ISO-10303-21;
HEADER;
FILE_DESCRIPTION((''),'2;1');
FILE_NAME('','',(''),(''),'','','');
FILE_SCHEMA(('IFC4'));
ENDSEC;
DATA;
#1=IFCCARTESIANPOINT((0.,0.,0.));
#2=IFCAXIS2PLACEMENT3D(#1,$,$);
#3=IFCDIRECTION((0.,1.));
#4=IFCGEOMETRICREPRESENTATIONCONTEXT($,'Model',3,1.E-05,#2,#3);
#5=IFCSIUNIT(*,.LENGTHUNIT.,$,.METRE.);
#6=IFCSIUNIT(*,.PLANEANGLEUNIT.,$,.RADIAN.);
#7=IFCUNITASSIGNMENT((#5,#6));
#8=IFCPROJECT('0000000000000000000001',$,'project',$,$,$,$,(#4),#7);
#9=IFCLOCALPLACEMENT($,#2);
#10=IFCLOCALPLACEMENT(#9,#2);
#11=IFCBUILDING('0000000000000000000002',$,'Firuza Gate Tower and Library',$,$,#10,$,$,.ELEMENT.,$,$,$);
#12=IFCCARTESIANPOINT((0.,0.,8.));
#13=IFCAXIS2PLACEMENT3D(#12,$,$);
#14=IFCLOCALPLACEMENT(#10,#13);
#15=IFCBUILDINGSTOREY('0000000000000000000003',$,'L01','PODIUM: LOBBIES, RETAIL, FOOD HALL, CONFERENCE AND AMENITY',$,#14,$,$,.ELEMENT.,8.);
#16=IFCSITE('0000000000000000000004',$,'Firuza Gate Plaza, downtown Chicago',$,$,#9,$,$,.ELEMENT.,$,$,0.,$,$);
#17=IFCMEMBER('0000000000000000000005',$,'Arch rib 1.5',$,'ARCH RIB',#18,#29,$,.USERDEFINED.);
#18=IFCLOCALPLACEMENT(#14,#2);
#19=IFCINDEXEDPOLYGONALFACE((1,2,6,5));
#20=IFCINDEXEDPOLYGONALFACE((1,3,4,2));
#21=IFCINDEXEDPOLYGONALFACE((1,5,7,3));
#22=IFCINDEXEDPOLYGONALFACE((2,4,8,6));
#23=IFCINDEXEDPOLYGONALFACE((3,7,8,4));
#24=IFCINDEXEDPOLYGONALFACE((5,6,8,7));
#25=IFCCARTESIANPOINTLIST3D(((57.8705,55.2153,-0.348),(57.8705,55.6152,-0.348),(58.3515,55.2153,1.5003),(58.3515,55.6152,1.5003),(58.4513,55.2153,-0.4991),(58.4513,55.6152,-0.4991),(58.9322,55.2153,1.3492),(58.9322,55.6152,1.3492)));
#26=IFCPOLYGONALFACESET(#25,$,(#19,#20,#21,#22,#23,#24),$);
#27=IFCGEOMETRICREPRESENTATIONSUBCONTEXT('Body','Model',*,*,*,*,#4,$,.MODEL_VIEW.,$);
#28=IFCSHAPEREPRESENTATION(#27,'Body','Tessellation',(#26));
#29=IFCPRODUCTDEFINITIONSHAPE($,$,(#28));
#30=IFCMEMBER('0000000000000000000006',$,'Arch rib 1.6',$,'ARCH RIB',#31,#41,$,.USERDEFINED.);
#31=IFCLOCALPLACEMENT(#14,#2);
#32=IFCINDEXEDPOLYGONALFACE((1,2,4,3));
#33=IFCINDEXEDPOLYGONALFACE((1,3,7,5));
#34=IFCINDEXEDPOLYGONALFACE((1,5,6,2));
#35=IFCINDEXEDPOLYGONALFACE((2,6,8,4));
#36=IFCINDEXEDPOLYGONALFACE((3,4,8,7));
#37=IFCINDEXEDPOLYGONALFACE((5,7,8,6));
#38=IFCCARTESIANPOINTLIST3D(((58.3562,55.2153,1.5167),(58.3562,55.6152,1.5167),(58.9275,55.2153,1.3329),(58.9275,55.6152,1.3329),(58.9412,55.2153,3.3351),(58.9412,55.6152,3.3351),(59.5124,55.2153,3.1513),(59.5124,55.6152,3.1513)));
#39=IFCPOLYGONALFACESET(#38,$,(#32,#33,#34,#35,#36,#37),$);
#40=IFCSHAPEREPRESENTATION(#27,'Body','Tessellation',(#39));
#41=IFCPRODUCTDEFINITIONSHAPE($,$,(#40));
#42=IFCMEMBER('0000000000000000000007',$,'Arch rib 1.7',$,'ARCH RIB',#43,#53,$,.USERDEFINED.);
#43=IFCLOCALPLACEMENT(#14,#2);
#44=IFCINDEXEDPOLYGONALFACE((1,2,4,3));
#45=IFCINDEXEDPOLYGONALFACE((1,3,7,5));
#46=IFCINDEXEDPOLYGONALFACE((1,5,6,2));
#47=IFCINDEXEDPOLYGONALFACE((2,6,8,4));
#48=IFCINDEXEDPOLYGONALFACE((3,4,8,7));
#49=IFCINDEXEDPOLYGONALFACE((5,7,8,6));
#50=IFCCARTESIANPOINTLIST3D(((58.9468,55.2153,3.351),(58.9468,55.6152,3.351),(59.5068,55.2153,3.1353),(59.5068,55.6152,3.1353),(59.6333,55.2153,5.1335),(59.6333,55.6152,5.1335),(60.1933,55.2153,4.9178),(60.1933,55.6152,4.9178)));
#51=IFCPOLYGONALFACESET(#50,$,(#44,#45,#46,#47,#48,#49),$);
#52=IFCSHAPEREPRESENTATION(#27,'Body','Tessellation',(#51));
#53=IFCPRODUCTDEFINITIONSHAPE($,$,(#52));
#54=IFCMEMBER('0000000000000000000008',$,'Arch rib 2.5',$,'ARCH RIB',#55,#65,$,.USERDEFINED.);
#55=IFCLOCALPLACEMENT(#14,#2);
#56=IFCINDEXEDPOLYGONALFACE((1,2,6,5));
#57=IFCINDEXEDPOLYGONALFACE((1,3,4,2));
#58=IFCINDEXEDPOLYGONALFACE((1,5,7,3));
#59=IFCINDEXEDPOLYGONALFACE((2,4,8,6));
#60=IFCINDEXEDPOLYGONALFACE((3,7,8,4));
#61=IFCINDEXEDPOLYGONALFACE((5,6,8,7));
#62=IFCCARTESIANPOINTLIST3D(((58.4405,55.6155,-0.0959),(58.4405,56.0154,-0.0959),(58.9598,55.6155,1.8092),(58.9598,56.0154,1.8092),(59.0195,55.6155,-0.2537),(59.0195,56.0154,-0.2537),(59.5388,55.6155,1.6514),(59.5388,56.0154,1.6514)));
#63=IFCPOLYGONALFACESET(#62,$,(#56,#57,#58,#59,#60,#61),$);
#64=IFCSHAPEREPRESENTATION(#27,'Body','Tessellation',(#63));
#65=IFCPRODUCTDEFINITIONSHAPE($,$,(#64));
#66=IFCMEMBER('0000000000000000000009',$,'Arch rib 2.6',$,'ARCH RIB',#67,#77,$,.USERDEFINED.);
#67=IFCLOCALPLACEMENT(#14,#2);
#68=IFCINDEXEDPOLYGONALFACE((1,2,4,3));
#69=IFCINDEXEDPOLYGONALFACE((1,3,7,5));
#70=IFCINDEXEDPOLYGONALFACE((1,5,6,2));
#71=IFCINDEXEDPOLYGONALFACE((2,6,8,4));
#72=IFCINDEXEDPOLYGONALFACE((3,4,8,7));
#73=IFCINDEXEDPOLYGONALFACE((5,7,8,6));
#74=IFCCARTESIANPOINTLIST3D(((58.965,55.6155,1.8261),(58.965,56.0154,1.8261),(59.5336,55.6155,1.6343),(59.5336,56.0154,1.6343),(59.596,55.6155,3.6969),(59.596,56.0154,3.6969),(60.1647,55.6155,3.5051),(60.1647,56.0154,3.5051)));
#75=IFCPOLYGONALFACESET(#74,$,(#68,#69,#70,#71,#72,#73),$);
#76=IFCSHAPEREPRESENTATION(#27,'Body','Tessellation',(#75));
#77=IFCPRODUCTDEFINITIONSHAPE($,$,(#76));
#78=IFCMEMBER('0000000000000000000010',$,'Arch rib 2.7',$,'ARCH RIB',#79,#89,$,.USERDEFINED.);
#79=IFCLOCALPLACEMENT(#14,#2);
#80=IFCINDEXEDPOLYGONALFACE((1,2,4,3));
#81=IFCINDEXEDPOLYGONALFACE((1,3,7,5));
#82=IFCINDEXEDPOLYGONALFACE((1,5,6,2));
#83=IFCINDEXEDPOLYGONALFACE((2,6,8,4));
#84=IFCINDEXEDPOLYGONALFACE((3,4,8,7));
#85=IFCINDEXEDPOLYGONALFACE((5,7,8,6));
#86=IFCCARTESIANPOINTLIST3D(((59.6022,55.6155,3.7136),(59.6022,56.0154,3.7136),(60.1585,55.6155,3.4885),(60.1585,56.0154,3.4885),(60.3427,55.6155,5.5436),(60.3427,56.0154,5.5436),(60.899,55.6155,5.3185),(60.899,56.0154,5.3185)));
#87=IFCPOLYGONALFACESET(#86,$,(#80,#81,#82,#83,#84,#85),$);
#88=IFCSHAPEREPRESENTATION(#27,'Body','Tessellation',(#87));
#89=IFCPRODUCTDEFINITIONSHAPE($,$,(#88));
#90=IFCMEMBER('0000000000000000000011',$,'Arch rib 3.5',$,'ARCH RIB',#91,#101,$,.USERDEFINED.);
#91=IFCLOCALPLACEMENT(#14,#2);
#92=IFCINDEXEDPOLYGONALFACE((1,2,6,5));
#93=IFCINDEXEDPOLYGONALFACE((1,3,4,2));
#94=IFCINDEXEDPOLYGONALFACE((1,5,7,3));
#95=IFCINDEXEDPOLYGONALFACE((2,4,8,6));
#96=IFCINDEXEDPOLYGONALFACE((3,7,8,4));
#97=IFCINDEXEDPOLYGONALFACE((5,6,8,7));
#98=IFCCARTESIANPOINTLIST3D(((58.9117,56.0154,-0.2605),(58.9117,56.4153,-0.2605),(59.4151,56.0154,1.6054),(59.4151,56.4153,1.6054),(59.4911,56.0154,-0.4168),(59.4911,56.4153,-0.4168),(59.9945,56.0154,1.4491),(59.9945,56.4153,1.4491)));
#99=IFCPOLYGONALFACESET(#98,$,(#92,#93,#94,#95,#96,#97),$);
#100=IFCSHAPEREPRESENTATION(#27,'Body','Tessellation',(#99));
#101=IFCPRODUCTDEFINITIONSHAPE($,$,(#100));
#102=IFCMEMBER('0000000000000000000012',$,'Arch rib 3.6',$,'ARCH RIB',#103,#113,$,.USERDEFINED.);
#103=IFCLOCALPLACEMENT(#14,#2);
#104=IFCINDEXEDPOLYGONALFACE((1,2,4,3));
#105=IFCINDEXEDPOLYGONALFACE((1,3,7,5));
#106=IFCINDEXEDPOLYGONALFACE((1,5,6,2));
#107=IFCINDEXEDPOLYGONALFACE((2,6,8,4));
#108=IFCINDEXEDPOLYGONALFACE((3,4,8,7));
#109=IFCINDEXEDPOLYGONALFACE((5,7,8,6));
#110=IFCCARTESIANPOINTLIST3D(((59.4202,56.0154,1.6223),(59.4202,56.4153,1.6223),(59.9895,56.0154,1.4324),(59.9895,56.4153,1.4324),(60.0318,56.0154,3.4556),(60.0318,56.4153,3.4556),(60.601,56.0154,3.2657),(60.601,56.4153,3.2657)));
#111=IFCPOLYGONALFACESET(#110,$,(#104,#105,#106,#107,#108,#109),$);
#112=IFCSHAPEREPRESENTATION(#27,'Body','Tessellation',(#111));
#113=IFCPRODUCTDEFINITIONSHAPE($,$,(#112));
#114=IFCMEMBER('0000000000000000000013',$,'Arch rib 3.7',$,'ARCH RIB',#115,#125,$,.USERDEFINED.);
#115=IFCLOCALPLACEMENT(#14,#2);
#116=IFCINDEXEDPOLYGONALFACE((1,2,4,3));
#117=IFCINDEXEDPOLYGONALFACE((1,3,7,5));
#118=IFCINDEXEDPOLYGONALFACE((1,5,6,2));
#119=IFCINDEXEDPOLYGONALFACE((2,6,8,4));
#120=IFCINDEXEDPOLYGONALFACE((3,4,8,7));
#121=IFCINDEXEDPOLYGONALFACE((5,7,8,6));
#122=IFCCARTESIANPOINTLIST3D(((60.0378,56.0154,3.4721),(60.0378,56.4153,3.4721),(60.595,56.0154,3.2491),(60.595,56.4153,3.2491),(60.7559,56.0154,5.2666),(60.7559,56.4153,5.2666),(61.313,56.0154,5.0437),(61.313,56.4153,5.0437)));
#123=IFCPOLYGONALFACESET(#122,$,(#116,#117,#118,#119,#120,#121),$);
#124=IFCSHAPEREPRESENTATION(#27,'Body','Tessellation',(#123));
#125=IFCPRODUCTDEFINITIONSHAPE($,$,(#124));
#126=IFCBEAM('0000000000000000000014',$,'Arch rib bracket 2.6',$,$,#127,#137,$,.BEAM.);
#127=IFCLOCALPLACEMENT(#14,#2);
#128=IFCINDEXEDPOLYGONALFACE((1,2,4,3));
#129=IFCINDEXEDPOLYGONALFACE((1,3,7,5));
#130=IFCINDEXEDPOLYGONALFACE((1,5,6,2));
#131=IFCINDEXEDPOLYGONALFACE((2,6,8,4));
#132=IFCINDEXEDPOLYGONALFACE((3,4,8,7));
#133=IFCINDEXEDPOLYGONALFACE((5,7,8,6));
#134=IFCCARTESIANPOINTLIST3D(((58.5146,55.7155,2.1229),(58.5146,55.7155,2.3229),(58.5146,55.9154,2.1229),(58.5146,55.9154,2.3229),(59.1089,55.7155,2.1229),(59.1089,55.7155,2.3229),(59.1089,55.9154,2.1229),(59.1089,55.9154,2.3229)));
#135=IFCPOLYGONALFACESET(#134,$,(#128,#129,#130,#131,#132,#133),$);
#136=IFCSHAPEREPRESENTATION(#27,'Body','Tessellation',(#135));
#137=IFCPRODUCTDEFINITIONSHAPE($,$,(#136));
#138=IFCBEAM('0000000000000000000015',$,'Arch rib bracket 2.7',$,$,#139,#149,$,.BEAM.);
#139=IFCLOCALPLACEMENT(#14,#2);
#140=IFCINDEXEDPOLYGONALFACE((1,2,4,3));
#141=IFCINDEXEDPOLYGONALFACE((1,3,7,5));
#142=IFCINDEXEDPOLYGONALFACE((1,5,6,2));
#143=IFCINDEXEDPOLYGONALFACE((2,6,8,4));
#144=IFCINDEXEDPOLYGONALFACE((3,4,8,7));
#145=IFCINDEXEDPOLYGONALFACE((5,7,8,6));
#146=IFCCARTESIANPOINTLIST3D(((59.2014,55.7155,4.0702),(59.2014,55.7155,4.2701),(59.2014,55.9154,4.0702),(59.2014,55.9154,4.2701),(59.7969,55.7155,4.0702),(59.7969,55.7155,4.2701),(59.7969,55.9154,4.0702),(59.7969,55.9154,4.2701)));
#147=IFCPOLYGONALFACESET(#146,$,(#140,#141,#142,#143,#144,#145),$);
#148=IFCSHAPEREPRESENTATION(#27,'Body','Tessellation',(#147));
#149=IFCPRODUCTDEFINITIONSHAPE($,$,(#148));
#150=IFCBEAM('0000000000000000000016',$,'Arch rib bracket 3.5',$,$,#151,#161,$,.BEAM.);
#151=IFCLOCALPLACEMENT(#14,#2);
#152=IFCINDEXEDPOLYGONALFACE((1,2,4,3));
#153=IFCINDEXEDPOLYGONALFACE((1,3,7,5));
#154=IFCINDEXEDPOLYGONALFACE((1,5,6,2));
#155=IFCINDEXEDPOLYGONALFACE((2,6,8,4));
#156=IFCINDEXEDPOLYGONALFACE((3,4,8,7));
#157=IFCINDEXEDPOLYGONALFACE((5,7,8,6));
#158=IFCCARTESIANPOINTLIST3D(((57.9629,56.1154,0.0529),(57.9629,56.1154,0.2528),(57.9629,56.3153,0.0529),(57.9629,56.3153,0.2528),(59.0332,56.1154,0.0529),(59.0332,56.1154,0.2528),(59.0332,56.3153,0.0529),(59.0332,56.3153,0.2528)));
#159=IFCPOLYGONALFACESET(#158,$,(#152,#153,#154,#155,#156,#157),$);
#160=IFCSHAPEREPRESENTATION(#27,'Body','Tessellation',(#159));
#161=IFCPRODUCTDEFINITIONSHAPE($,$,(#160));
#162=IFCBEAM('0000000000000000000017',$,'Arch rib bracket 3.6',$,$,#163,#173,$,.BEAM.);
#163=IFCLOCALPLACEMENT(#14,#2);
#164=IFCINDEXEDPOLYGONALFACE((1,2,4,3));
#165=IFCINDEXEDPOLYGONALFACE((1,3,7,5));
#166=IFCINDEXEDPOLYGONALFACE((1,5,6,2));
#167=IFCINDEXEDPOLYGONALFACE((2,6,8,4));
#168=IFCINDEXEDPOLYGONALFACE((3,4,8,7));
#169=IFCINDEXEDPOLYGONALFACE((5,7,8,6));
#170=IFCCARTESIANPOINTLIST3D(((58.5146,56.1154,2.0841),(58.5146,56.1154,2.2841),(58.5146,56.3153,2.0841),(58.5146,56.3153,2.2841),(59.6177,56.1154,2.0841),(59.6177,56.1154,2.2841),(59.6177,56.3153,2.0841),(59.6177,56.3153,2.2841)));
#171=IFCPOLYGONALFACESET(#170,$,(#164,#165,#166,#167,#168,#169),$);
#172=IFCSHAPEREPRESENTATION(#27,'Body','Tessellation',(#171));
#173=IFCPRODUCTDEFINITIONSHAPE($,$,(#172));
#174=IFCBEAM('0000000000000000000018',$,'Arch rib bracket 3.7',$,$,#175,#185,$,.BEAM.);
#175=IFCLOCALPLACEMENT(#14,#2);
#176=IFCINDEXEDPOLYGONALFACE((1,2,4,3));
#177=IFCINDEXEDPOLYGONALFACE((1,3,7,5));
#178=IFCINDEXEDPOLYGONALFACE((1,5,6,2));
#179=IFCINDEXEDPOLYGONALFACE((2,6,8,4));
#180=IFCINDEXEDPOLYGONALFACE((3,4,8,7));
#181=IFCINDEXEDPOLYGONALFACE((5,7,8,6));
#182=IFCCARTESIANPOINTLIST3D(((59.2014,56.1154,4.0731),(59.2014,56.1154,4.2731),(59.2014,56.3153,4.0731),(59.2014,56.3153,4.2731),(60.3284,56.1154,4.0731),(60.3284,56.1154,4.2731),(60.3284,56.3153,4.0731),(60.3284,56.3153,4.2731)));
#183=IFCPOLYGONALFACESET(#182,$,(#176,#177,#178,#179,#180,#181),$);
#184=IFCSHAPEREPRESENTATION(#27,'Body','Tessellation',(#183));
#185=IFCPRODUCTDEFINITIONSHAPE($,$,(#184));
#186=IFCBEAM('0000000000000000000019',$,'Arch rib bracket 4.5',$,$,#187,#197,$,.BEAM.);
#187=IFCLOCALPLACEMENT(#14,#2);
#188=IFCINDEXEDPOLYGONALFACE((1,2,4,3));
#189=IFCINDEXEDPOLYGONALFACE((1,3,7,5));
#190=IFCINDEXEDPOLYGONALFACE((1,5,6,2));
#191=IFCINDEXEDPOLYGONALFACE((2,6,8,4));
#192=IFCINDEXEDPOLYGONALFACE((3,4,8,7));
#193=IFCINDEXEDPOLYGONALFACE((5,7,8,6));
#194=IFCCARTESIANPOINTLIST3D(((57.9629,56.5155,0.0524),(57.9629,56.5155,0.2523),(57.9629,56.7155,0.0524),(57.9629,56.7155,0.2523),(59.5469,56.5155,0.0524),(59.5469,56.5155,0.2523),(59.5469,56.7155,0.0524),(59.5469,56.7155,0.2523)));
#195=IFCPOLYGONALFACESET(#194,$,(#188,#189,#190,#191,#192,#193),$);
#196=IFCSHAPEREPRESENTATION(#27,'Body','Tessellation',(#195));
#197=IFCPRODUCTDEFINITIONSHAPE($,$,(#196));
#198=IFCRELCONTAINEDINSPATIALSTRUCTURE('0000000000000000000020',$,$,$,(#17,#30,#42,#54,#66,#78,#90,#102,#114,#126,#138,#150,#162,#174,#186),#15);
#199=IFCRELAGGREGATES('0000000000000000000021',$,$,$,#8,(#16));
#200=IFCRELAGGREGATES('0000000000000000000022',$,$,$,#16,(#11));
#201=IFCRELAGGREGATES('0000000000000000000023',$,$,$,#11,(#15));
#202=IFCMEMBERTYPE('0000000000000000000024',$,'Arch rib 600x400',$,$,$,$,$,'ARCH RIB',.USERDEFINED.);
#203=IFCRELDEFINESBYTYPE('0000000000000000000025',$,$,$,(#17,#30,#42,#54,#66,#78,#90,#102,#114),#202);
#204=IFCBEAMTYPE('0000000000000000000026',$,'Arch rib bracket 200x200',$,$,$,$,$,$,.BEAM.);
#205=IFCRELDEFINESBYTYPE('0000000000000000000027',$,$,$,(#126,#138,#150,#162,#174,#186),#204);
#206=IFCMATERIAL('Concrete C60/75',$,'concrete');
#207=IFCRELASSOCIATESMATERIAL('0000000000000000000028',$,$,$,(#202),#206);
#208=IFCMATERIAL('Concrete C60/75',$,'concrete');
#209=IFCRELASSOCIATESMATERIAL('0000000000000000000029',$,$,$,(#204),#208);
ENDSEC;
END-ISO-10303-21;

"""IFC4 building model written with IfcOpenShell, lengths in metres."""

from ifc_helpers import new_model, si_unit, direction, frame, origin, origin_2d, place, context, subcontext, project, spatial, rectangle, extrude, material, material_profile, profile_set, type_object, element, save


model = new_model("IFC4")

# Units and contexts
model_context = context("Model", 3, precision=1e-05, world=origin(), true_north=direction((0.0, 1.0)))
body_context = subcontext(model_context, "Body", "Model", "MODEL_VIEW")
ifc_project = project(units=[si_unit("LENGTHUNIT", "METRE"), si_unit("PLANEANGLEUNIT", "RADIAN")], contexts=[model_context])

# Site, building, storey
site_placement = place(None, origin())
site = spatial("IfcSite", under=ifc_project, at=site_placement, Name="Firuza Gate Plaza, downtown Chicago", CompositionType="ELEMENT", RefElevation=0.0)
building_placement = place(site_placement, origin())
building = spatial("IfcBuilding", under=site, at=building_placement, Name="Firuza Gate Tower and Library", CompositionType="ELEMENT")
storey_placement = place(building_placement, frame((0.0, 0.0, 8.0)))
storey = spatial("IfcBuildingStorey", under=building, at=storey_placement, Name="L01", Description="PODIUM: LOBBIES, RETAIL, FOOD HALL, CONFERENCE AND AMENITY", CompositionType="ELEMENT", Elevation=8.0)

# Members
ifc_material_1 = material(Name="Concrete C60/75", Category="concrete")
ifc_material_profile_1 = material_profile(ifc_material_1, rectangle(XDim=0.3999, YDim=0.6001, at=origin_2d()))
ifc_profile_set_1 = profile_set([ifc_material_profile_1], Name="Concrete C60/75")
member_type = type_object("IfcMemberType", Name="Arch rib 600x400", ElementType="ARCH RIB", PredefinedType="USERDEFINED", material=ifc_profile_set_1)
member_1_placement = place(storey_placement, frame((58.1609, 55.4153, -0.4236), z_axis=(0.251818, 0.0, 0.967775), x_axis=(0.0, 1.0, 0.0)))
element("IfcMember", 1, at=member_1_placement, inside=storey, type_object=member_type, Name="Arch rib 1.5", ObjectType="ARCH RIB", PredefinedType="USERDEFINED", context=body_context, shape_type="SweptSolid", body=[
    extrude(rectangle(XDim=0.3999, YDim=0.6001, at=origin_2d()), origin(), (0.0, 0.0, 1.0), 1.9099),
])
for number, where, z_axis, x_axis, name in (
    (2, (58.6418, 55.4153, 1.4248), (0.306241, 0.0, 0.951954), (0.0, 1.0, 0.0), "Arch rib 1.6"),
    (3, (59.2268, 55.4153, 3.2432), (0.359416, 0.0, 0.933177), (0.0, 1.0, 0.0), "Arch rib 1.7"),
):
    element("IfcMember", number, at=place(storey_placement, frame(where, z_axis=z_axis, x_axis=x_axis)), inside=storey, type_object=member_type, Name=name, ObjectType="ARCH RIB", PredefinedType="USERDEFINED", context=body_context, shape_type="SweptSolid", body=[
        extrude(rectangle(XDim=0.3999, YDim=0.6001, at=origin_2d()), origin(), (0.0, 0.0, 1.0), 1.9102),
    ])
member_2_placement = place(storey_placement, frame((58.73, 55.8154, -0.1748), z_axis=(0.262992, 0.0, 0.964798), x_axis=(0.0, 1.0, 0.0)))
element("IfcMember", 4, at=member_2_placement, inside=storey, type_object=member_type, Name="Arch rib 2.5", ObjectType="ARCH RIB", PredefinedType="USERDEFINED", context=body_context, shape_type="SweptSolid", body=[
    extrude(rectangle(XDim=0.3999, YDim=0.6001, at=origin_2d()), origin(), (0.0, 0.0, 1.0), 1.9746),
])
member_3_placement = place(storey_placement, frame((59.2493, 55.8154, 1.7302), z_axis=(0.319638, 0.0, 0.94754), x_axis=(0.0, 1.0, 0.0)))
element("IfcMember", 5, at=member_3_placement, inside=storey, type_object=member_type, Name="Arch rib 2.6", ObjectType="ARCH RIB", PredefinedType="USERDEFINED", context=body_context, shape_type="SweptSolid", body=[
    extrude(rectangle(XDim=0.3999, YDim=0.6001, at=origin_2d()), origin(), (0.0, 0.0, 1.0), 1.9744),
])
member_4_placement = place(storey_placement, frame((59.8804, 55.8154, 3.6011), z_axis=(0.375076, 0.0, 0.926994), x_axis=(0.0, 1.0, 0.0)))
element("IfcMember", 6, at=member_4_placement, inside=storey, type_object=member_type, Name="Arch rib 2.7", ObjectType="ARCH RIB", PredefinedType="USERDEFINED", context=body_context, shape_type="SweptSolid", body=[
    extrude(rectangle(XDim=0.3999, YDim=0.6001, at=origin_2d()), origin(), (0.0, 0.0, 1.0), 1.9741),
])
for number, where, z_axis, x_axis, name in (
    (7, (59.2014, 56.2153, -0.3386), (0.260476, 0.0, 0.96548), (0.0, 1.0, 0.0), "Arch rib 3.5"),
    (8, (59.7048, 56.2153, 1.5273), (0.316455, 0.0, 0.948607), (0.0, 1.0, 0.0), "Arch rib 3.6"),
):
    element("IfcMember", number, at=place(storey_placement, frame(where, z_axis=z_axis, x_axis=x_axis)), inside=storey, type_object=member_type, Name=name, ObjectType="ARCH RIB", PredefinedType="USERDEFINED", context=body_context, shape_type="SweptSolid", body=[
        extrude(rectangle(XDim=0.3999, YDim=0.6001, at=origin_2d()), origin(), (0.0, 0.0, 1.0), 1.9326),
    ])
member_5_placement = place(storey_placement, frame((60.3164, 56.2153, 3.3606), z_axis=(0.3715, 0.0, 0.928433), x_axis=(0.0, 1.0, 0.0)))
element("IfcMember", 9, at=member_5_placement, inside=storey, type_object=member_type, Name="Arch rib 3.7", ObjectType="ARCH RIB", PredefinedType="USERDEFINED", context=body_context, shape_type="SweptSolid", body=[
    extrude(rectangle(XDim=0.3999, YDim=0.6001, at=origin_2d()), origin(), (0.0, 0.0, 1.0), 1.9329),
])

# Beams
ifc_material_2 = material(Name="Concrete C60/75", Category="concrete")
ifc_material_profile_2 = material_profile(ifc_material_2, rectangle(XDim=0.2, YDim=0.2, at=origin_2d()))
ifc_profile_set_2 = profile_set([ifc_material_profile_2], Name="Concrete C60/75")
beam_type = type_object("IfcBeamType", Name="Arch rib bracket 200x200", PredefinedType="BEAM", material=ifc_profile_set_2)
beam_1_placement = place(storey_placement, frame((58.5146, 55.8154, 2.2229), z_axis=(1.0, 0.0, 0.0), x_axis=(0.0, 1.0, 0.0)))
element("IfcBeam", 10, at=beam_1_placement, inside=storey, type_object=beam_type, Name="Arch rib bracket 2.6", PredefinedType="BEAM", context=body_context, shape_type="SweptSolid", body=[
    extrude(rectangle(XDim=0.2, YDim=0.2, at=origin_2d()), origin(), (0.0, 0.0, 1.0), 0.5942),
])
beam_2_placement = place(storey_placement, frame((59.2014, 55.8154, 4.1702), z_axis=(1.0, 0.0, 0.0), x_axis=(0.0, 1.0, 0.0)))
element("IfcBeam", 11, at=beam_2_placement, inside=storey, type_object=beam_type, Name="Arch rib bracket 2.7", PredefinedType="BEAM", context=body_context, shape_type="SweptSolid", body=[
    extrude(rectangle(XDim=0.2, YDim=0.2, at=origin_2d()), origin(), (0.0, 0.0, 1.0), 0.5955),
])
beam_3_placement = place(storey_placement, frame((57.9629, 56.2153, 0.1528), z_axis=(1.0, 0.0, 0.0), x_axis=(0.0, 1.0, 0.0)))
element("IfcBeam", 12, at=beam_3_placement, inside=storey, type_object=beam_type, Name="Arch rib bracket 3.5", PredefinedType="BEAM", context=body_context, shape_type="SweptSolid", body=[
    extrude(rectangle(XDim=0.2, YDim=0.2, at=origin_2d()), origin(), (0.0, 0.0, 1.0), 1.0703),
])
beam_4_placement = place(storey_placement, frame((58.5146, 56.2153, 2.1841), z_axis=(1.0, 0.0, 0.0), x_axis=(0.0, 1.0, 0.0)))
element("IfcBeam", 13, at=beam_4_placement, inside=storey, type_object=beam_type, Name="Arch rib bracket 3.6", PredefinedType="BEAM", context=body_context, shape_type="SweptSolid", body=[
    extrude(rectangle(XDim=0.2, YDim=0.2, at=origin_2d()), origin(), (0.0, 0.0, 1.0), 1.103),
])
beam_5_placement = place(storey_placement, frame((59.2014, 56.2153, 4.1731), z_axis=(1.0, 0.0, 0.0), x_axis=(0.0, 1.0, 0.0)))
element("IfcBeam", 14, at=beam_5_placement, inside=storey, type_object=beam_type, Name="Arch rib bracket 3.7", PredefinedType="BEAM", context=body_context, shape_type="SweptSolid", body=[
    extrude(rectangle(XDim=0.2, YDim=0.2, at=origin_2d()), origin(), (0.0, 0.0, 1.0), 1.127),
])
beam_6_placement = place(storey_placement, frame((57.9629, 56.6155, 0.1523), z_axis=(1.0, 0.0, 0.0), x_axis=(0.0, 1.0, 0.0)))
element("IfcBeam", 15, at=beam_6_placement, inside=storey, type_object=beam_type, Name="Arch rib bracket 4.5", PredefinedType="BEAM", context=body_context, shape_type="SweptSolid", body=[
    extrude(rectangle(XDim=0.2, YDim=0.2, at=origin_2d()), origin(), (0.0, 0.0, 1.0), 1.584),
])

save(model, "model.ifc")
